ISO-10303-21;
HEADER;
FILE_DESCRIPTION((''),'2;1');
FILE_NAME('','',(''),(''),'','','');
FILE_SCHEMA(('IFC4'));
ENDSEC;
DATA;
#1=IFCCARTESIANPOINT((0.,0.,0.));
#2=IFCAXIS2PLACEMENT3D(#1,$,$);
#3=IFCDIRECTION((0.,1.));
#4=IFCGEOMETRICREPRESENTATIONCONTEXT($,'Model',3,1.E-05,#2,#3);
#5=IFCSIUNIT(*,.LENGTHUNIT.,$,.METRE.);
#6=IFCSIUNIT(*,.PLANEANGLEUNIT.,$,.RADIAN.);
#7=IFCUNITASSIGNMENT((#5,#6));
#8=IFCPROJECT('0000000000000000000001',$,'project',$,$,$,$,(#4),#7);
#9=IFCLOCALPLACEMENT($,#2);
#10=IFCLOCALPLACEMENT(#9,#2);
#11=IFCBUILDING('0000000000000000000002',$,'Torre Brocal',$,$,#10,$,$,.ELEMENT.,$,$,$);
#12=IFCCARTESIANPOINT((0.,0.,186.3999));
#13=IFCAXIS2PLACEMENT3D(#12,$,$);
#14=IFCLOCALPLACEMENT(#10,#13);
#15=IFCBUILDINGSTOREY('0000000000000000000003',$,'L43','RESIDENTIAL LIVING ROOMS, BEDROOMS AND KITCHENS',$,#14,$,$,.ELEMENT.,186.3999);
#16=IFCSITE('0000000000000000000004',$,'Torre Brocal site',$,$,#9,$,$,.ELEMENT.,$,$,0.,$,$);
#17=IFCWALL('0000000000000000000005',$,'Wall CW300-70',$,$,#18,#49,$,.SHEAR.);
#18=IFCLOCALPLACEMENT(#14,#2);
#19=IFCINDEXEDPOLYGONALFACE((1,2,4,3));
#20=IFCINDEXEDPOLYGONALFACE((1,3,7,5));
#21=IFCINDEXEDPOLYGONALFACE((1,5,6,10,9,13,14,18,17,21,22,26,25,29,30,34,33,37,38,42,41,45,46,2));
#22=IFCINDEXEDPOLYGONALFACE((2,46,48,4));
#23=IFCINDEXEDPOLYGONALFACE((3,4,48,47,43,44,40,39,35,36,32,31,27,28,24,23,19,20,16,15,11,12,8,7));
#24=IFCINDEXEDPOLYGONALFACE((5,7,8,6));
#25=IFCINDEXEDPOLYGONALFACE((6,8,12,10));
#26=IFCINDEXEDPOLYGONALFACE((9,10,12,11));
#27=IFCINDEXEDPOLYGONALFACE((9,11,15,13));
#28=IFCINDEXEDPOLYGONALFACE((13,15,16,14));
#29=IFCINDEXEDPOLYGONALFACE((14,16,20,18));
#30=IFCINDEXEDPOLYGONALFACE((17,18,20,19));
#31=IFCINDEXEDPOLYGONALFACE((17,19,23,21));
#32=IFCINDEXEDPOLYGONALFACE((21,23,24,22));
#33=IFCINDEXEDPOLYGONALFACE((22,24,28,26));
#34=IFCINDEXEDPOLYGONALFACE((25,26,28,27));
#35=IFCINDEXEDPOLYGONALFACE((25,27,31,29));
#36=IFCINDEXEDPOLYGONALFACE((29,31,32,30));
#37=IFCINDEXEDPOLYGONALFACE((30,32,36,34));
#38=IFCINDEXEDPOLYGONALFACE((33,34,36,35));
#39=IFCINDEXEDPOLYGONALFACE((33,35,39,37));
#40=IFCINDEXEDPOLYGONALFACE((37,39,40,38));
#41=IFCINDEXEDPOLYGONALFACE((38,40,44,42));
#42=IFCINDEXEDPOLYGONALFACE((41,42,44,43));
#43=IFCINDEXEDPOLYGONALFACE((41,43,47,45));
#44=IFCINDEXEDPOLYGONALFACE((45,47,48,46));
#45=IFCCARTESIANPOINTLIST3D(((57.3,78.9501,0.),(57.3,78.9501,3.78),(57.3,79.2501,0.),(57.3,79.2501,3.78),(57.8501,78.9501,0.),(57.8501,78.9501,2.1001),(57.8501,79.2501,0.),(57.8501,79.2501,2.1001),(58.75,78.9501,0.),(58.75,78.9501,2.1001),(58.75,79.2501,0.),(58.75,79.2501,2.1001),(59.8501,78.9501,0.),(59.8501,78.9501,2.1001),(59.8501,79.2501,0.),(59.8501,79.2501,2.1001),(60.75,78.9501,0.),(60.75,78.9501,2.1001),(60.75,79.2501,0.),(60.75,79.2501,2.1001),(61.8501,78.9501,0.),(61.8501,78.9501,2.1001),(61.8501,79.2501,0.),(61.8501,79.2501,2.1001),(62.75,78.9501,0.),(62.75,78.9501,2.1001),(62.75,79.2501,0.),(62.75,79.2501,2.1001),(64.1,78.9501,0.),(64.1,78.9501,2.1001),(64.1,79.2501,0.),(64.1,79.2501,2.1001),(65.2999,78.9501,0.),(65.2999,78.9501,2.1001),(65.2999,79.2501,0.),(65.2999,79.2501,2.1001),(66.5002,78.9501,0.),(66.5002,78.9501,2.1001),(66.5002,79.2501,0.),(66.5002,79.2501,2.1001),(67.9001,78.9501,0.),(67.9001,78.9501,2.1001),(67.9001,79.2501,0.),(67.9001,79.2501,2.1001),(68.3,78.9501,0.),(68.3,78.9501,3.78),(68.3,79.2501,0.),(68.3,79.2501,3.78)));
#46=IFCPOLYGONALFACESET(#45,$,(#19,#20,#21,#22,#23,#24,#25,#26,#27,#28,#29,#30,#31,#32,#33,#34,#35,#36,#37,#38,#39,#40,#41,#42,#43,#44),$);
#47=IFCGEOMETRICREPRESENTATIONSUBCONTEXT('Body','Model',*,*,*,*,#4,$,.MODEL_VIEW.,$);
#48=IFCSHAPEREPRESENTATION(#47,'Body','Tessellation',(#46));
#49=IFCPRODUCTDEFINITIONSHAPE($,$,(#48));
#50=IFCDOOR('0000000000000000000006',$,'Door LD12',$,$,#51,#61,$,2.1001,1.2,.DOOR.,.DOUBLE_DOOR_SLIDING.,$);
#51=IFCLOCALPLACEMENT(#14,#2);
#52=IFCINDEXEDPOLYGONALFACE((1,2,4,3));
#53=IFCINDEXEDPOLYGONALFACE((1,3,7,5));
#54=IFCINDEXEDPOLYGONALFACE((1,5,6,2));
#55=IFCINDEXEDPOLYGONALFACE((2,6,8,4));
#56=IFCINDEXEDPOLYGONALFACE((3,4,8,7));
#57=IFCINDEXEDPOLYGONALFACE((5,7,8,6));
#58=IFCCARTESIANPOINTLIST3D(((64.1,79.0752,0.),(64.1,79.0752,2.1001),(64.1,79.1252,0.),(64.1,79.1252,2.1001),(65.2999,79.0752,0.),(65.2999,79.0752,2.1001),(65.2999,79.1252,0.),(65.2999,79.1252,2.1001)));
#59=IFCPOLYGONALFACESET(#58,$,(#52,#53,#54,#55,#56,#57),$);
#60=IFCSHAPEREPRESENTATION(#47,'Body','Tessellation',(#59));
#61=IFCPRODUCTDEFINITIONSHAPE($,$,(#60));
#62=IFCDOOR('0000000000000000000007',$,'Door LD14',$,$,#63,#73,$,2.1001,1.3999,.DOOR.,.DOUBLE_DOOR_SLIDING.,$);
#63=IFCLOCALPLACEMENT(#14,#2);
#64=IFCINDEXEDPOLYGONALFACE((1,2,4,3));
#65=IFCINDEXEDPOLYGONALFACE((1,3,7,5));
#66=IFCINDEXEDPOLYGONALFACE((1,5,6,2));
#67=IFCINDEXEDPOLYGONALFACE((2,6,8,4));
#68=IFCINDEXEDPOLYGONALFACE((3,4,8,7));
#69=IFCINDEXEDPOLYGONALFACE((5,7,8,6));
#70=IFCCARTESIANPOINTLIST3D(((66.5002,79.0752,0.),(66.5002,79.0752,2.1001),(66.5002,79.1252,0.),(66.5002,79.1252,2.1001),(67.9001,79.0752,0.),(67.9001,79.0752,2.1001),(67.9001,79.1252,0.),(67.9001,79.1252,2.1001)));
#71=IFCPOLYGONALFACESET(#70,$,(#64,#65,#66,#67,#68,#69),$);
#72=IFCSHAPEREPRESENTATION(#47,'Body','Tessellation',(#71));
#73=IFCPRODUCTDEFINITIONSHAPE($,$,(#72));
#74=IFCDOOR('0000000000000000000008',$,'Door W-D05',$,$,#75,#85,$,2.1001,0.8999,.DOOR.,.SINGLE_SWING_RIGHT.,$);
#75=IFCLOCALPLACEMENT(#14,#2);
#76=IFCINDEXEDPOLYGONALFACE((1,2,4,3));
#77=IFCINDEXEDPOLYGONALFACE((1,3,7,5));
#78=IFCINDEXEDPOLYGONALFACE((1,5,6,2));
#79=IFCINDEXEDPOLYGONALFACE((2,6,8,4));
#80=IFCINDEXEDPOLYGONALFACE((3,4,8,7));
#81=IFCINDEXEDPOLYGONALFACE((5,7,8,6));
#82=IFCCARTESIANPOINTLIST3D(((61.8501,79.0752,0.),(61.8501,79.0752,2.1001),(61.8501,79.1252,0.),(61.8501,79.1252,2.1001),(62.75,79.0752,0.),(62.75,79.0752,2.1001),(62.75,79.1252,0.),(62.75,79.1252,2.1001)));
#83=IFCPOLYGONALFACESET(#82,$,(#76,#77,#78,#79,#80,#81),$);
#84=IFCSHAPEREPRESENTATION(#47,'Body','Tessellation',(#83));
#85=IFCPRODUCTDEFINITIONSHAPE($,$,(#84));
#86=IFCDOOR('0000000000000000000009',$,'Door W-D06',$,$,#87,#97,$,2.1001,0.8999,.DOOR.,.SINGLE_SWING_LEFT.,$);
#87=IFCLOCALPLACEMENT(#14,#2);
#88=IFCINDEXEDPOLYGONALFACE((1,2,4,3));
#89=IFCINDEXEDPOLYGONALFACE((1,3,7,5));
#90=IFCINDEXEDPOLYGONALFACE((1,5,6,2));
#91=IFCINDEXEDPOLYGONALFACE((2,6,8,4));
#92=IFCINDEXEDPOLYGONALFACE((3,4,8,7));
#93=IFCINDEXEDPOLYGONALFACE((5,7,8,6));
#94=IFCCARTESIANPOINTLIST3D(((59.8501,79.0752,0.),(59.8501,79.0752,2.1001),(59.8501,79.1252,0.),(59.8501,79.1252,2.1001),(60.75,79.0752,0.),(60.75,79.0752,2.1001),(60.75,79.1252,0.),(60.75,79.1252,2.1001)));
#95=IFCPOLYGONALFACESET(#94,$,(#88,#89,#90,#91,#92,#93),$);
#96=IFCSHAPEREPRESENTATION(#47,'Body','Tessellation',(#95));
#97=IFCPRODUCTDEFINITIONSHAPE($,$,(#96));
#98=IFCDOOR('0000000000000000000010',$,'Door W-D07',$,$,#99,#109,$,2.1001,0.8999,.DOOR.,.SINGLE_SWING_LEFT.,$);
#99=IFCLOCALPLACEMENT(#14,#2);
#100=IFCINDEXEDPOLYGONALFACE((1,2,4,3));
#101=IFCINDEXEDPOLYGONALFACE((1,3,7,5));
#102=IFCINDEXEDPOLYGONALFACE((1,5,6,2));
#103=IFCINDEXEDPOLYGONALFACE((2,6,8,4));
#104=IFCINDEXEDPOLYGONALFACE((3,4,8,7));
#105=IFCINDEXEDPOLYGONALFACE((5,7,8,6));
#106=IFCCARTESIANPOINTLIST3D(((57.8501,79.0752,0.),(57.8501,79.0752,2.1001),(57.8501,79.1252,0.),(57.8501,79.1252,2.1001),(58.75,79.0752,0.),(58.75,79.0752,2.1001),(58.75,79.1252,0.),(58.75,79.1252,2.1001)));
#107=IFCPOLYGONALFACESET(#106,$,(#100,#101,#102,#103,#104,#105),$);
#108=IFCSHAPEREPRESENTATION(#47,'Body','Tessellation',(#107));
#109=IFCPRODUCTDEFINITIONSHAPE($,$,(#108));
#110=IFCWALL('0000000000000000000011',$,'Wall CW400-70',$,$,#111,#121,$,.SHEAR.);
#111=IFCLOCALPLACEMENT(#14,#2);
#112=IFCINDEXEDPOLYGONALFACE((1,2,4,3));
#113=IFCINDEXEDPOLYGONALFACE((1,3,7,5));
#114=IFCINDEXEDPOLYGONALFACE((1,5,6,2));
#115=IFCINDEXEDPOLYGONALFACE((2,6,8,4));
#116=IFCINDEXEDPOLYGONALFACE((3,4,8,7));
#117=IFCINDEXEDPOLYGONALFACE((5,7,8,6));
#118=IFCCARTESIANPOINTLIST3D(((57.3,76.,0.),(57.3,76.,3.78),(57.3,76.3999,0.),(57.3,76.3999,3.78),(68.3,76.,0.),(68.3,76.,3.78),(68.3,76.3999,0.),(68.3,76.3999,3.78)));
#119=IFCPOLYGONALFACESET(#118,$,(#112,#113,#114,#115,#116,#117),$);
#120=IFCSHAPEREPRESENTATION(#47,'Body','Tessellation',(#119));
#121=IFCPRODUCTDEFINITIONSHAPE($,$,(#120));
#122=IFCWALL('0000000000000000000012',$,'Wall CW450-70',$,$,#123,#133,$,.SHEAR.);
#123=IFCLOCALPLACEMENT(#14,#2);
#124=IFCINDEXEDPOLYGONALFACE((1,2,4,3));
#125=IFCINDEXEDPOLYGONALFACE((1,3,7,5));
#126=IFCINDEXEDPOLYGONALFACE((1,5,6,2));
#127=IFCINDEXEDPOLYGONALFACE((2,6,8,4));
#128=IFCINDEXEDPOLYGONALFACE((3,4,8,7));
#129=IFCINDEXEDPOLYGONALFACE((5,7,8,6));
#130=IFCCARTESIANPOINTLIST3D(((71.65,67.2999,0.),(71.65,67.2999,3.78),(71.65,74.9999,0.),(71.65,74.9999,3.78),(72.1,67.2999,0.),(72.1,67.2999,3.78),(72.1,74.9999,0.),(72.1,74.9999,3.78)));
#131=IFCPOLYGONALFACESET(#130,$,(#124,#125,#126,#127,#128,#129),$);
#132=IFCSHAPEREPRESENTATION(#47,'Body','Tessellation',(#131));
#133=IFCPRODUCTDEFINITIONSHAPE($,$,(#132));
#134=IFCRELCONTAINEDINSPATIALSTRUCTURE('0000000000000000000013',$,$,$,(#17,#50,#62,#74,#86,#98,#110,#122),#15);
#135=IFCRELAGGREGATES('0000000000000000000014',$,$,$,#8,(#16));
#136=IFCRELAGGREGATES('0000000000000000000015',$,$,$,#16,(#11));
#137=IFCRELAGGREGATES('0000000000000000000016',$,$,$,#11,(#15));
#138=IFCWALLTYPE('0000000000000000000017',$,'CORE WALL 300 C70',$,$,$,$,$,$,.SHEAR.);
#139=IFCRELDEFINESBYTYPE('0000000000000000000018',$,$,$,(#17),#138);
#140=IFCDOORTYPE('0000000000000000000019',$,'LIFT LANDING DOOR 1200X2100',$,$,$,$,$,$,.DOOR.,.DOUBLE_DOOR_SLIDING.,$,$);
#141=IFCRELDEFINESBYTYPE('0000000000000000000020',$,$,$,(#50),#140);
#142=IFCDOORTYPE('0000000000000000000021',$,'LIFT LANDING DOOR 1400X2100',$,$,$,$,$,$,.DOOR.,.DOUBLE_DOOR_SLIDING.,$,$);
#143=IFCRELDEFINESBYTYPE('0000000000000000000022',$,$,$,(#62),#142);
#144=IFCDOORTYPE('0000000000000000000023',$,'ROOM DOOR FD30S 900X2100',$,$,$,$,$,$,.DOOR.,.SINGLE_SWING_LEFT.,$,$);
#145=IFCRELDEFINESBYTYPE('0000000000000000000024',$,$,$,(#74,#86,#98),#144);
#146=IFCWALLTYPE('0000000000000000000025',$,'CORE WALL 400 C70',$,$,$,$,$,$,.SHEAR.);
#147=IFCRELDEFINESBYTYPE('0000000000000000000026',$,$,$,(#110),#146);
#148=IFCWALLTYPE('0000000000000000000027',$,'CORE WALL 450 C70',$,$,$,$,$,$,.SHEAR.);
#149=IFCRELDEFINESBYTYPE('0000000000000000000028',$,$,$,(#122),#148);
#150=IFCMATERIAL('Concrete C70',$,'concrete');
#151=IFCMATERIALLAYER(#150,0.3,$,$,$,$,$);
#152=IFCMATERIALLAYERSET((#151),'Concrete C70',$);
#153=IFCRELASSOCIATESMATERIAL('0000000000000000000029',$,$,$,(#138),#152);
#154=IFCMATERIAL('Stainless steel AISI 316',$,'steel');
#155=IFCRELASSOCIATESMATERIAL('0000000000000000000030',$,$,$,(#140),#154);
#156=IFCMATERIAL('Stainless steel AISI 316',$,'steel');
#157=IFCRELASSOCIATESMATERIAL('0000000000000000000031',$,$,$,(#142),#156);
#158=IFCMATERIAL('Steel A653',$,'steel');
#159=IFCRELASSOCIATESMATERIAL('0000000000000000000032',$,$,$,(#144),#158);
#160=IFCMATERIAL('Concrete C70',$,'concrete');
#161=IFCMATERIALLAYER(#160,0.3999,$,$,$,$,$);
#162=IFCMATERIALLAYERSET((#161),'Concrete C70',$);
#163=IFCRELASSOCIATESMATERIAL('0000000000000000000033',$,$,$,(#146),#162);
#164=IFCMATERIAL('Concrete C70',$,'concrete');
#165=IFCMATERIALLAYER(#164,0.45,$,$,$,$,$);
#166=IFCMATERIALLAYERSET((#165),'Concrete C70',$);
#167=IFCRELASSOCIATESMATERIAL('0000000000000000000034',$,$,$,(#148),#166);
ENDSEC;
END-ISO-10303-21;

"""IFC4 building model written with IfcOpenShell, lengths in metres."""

from ifc_helpers import new_model, si_unit, direction, frame, frame_2d, origin, place, context, subcontext, project, spatial, rectangle, extrude, material, layer, layer_set, type_object, element, fill, save


model = new_model("IFC4")

# Units and contexts
model_context = context("Model", 3, precision=1e-05, world=origin(), true_north=direction((0.0, 1.0)))
body_context = subcontext(model_context, "Body", "Model", "MODEL_VIEW")
ifc_project = project(units=[si_unit("LENGTHUNIT", "METRE"), si_unit("PLANEANGLEUNIT", "RADIAN")], contexts=[model_context])

# Site, building, storey
site_placement = place(None, origin())
site = spatial("IfcSite", under=ifc_project, at=site_placement, Name="Torre Brocal site", CompositionType="ELEMENT", RefElevation=0.0)
building_placement = place(site_placement, origin())
building = spatial("IfcBuilding", under=site, at=building_placement, Name="Torre Brocal", CompositionType="ELEMENT")
storey_placement = place(building_placement, frame((0.0, 0.0, 186.3999)))
storey = spatial("IfcBuildingStorey", under=building, at=storey_placement, Name="L43", Description="RESIDENTIAL LIVING ROOMS, BEDROOMS AND KITCHENS", CompositionType="ELEMENT", Elevation=186.3999)

# Shared definitions
ifc_material_1 = material(Name="Concrete C70", Category="concrete")
ifc_layer_1 = layer(ifc_material_1, 0.3)
ifc_layer_set_1 = layer_set([ifc_layer_1], Name="Concrete C70")
wall_type_1 = type_object("IfcWallType", Name="CORE WALL 300 C70", PredefinedType="SHEAR", material=ifc_layer_set_1)

# Wall, openings, doors
wall_1_placement = place(storey_placement, frame((68.3, 79.1001, 0.0), z_axis=(0.0, 0.0, 1.0), x_axis=(-1.0, 0.0, 0.0)))
wall_1 = element("IfcWall", 1, at=wall_1_placement, inside=storey, type_object=wall_type_1, Name="Wall CW300-70", PredefinedType="SHEAR", context=body_context, shape_type="SweptSolid", body=[
    extrude(rectangle(XDim=11.0, YDim=0.3, at=frame_2d((5.5, 0.0))), origin(), (0.0, 0.0, 1.0), 3.78),
])
opening_1_placement = place(wall_1_placement, frame((0.3999, 0.0, 0.0)))
opening_1 = element("IfcOpeningElement", 2, at=opening_1_placement, cuts=wall_1, PredefinedType="OPENING", context=body_context, shape_type="SweptSolid", body=[
    extrude(rectangle(XDim=1.3999, YDim=2.1001, at=frame_2d((0.7, 1.05))), frame((0.0, 0.1599, 0.0), z_axis=(0.0, -1.0, 0.0), x_axis=(1.0, 0.0, 0.0)), (0.0, 0.0, 1.0), 0.3201),
])
opening_2_placement = place(wall_1_placement, frame((3.0, 0.0, 0.0)))
opening_2 = element("IfcOpeningElement", 3, at=opening_2_placement, cuts=wall_1, PredefinedType="OPENING", context=body_context, shape_type="SweptSolid", body=[
    extrude(rectangle(XDim=1.2, YDim=2.1001, at=frame_2d((0.6001, 1.05))), frame((0.0, 0.1599, 0.0), z_axis=(0.0, -1.0, 0.0), x_axis=(1.0, 0.0, 0.0)), (0.0, 0.0, 1.0), 0.3201),
])
opening_3_placement = place(wall_1_placement, frame((5.55, 0.0, 0.0)))
opening_3 = element("IfcOpeningElement", 4, at=opening_3_placement, cuts=wall_1, PredefinedType="OPENING", context=body_context, shape_type="SweptSolid", body=[
    extrude(rectangle(XDim=0.8999, YDim=2.1001, at=frame_2d((0.45, 1.05))), frame((0.0, 0.1599, 0.0), z_axis=(0.0, -1.0, 0.0), x_axis=(1.0, 0.0, 0.0)), (0.0, 0.0, 1.0), 0.3201),
])
opening_4_placement = place(wall_1_placement, frame((7.55, 0.0, 0.0)))
opening_4 = element("IfcOpeningElement", 5, at=opening_4_placement, cuts=wall_1, PredefinedType="OPENING", context=body_context, shape_type="SweptSolid", body=[
    extrude(rectangle(XDim=0.8999, YDim=2.1001, at=frame_2d((0.45, 1.05))), frame((0.0, 0.1599, 0.0), z_axis=(0.0, -1.0, 0.0), x_axis=(1.0, 0.0, 0.0)), (0.0, 0.0, 1.0), 0.3201),
])
opening_5_placement = place(wall_1_placement, frame((9.55, 0.0, 0.0)))
opening_5 = element("IfcOpeningElement", 6, at=opening_5_placement, cuts=wall_1, PredefinedType="OPENING", context=body_context, shape_type="SweptSolid", body=[
    extrude(rectangle(XDim=0.8999, YDim=2.1001, at=frame_2d((0.45, 1.05))), frame((0.0, 0.1599, 0.0), z_axis=(0.0, -1.0, 0.0), x_axis=(1.0, 0.0, 0.0)), (0.0, 0.0, 1.0), 0.3201),
])
ifc_material_2 = material(Name="Stainless steel AISI 316", Category="steel")
door_type_1 = type_object("IfcDoorType", Name="LIFT LANDING DOOR 1200X2100", OperationType="DOUBLE_DOOR_SLIDING", PredefinedType="DOOR", material=ifc_material_2)
door_1_placement = place(opening_2_placement, origin())
door_1 = element("IfcDoor", 7, at=door_1_placement, inside=storey, type_object=door_type_1, Name="Door LD12", OperationType="DOUBLE_DOOR_SLIDING", OverallHeight=2.1001, OverallWidth=1.2, PredefinedType="DOOR", context=body_context, shape_type="SweptSolid", body=[
    extrude(rectangle(XDim=1.2, YDim=2.1001, at=frame_2d((0.6001, 1.05))), frame((0.0, 0.0249, 0.0), z_axis=(0.0, -1.0, 0.0), x_axis=(1.0, 0.0, 0.0)), (0.0, 0.0, 1.0), 0.05),
])
fill(opening_2, door_1)
ifc_material_3 = material(Name="Stainless steel AISI 316", Category="steel")
door_type_2 = type_object("IfcDoorType", Name="LIFT LANDING DOOR 1400X2100", OperationType="DOUBLE_DOOR_SLIDING", PredefinedType="DOOR", material=ifc_material_3)
door_2_placement = place(opening_1_placement, origin())
door_2 = element("IfcDoor", 8, at=door_2_placement, inside=storey, type_object=door_type_2, Name="Door LD14", OperationType="DOUBLE_DOOR_SLIDING", OverallHeight=2.1001, OverallWidth=1.3999, PredefinedType="DOOR", context=body_context, shape_type="SweptSolid", body=[
    extrude(rectangle(XDim=1.3999, YDim=2.1001, at=frame_2d((0.7, 1.05))), frame((0.0, 0.0249, 0.0), z_axis=(0.0, -1.0, 0.0), x_axis=(1.0, 0.0, 0.0)), (0.0, 0.0, 1.0), 0.05),
])
fill(opening_1, door_2)
ifc_material_4 = material(Name="Steel A653", Category="steel")
door_type_3 = type_object("IfcDoorType", Name="ROOM DOOR FD30S 900X2100", OperationType="SINGLE_SWING_LEFT", PredefinedType="DOOR", material=ifc_material_4)
door_3_placement = place(opening_3_placement, origin())
door_3 = element("IfcDoor", 9, at=door_3_placement, inside=storey, type_object=door_type_3, Name="Door W-D05", OperationType="SINGLE_SWING_RIGHT", OverallHeight=2.1001, OverallWidth=0.8999, PredefinedType="DOOR", context=body_context, shape_type="SweptSolid", body=[
    extrude(rectangle(XDim=0.8999, YDim=2.1001, at=frame_2d((0.45, 1.05))), frame((0.0, 0.0249, 0.0), z_axis=(0.0, -1.0, 0.0), x_axis=(1.0, 0.0, 0.0)), (0.0, 0.0, 1.0), 0.05),
])
fill(opening_3, door_3)
door_4_placement = place(opening_4_placement, origin())
door_4 = element("IfcDoor", 10, at=door_4_placement, inside=storey, type_object=door_type_3, Name="Door W-D06", OperationType="SINGLE_SWING_LEFT", OverallHeight=2.1001, OverallWidth=0.8999, PredefinedType="DOOR", context=body_context, shape_type="SweptSolid", body=[
    extrude(rectangle(XDim=0.8999, YDim=2.1001, at=frame_2d((0.45, 1.05))), frame((0.0, 0.0249, 0.0), z_axis=(0.0, -1.0, 0.0), x_axis=(1.0, 0.0, 0.0)), (0.0, 0.0, 1.0), 0.05),
])
fill(opening_4, door_4)
door_5_placement = place(opening_5_placement, origin())
door_5 = element("IfcDoor", 11, at=door_5_placement, inside=storey, type_object=door_type_3, Name="Door W-D07", OperationType="SINGLE_SWING_LEFT", OverallHeight=2.1001, OverallWidth=0.8999, PredefinedType="DOOR", context=body_context, shape_type="SweptSolid", body=[
    extrude(rectangle(XDim=0.8999, YDim=2.1001, at=frame_2d((0.45, 1.05))), frame((0.0, 0.0249, 0.0), z_axis=(0.0, -1.0, 0.0), x_axis=(1.0, 0.0, 0.0)), (0.0, 0.0, 1.0), 0.05),
])
fill(opening_5, door_5)

# Walls
ifc_material_5 = material(Name="Concrete C70", Category="concrete")
ifc_layer_2 = layer(ifc_material_5, 0.3999)
ifc_layer_set_2 = layer_set([ifc_layer_2], Name="Concrete C70")
wall_type_2 = type_object("IfcWallType", Name="CORE WALL 400 C70", PredefinedType="SHEAR", material=ifc_layer_set_2)
wall_2_placement = place(storey_placement, frame((68.3, 76.2, 0.0), z_axis=(0.0, 0.0, 1.0), x_axis=(-1.0, 0.0, 0.0)))
element("IfcWall", 12, at=wall_2_placement, inside=storey, type_object=wall_type_2, Name="Wall CW400-70", PredefinedType="SHEAR", context=body_context, shape_type="SweptSolid", body=[
    extrude(rectangle(XDim=11.0, YDim=0.3999, at=frame_2d((5.5, 0.0))), origin(), (0.0, 0.0, 1.0), 3.78),
])
ifc_material_6 = material(Name="Concrete C70", Category="concrete")
ifc_layer_3 = layer(ifc_material_6, 0.45)
ifc_layer_set_3 = layer_set([ifc_layer_3], Name="Concrete C70")
wall_type_3 = type_object("IfcWallType", Name="CORE WALL 450 C70", PredefinedType="SHEAR", material=ifc_layer_set_3)
wall_3_placement = place(storey_placement, frame((71.875, 75.0, 0.0), z_axis=(0.0, 0.0, 1.0), x_axis=(0.0, -1.0, 0.0)))
element("IfcWall", 13, at=wall_3_placement, inside=storey, type_object=wall_type_3, Name="Wall CW450-70", PredefinedType="SHEAR", context=body_context, shape_type="SweptSolid", body=[
    extrude(rectangle(XDim=7.7, YDim=0.45, at=frame_2d((3.8501, 0.0))), origin(), (0.0, 0.0, 1.0), 3.78),
])

save(model, "model.ifc")
